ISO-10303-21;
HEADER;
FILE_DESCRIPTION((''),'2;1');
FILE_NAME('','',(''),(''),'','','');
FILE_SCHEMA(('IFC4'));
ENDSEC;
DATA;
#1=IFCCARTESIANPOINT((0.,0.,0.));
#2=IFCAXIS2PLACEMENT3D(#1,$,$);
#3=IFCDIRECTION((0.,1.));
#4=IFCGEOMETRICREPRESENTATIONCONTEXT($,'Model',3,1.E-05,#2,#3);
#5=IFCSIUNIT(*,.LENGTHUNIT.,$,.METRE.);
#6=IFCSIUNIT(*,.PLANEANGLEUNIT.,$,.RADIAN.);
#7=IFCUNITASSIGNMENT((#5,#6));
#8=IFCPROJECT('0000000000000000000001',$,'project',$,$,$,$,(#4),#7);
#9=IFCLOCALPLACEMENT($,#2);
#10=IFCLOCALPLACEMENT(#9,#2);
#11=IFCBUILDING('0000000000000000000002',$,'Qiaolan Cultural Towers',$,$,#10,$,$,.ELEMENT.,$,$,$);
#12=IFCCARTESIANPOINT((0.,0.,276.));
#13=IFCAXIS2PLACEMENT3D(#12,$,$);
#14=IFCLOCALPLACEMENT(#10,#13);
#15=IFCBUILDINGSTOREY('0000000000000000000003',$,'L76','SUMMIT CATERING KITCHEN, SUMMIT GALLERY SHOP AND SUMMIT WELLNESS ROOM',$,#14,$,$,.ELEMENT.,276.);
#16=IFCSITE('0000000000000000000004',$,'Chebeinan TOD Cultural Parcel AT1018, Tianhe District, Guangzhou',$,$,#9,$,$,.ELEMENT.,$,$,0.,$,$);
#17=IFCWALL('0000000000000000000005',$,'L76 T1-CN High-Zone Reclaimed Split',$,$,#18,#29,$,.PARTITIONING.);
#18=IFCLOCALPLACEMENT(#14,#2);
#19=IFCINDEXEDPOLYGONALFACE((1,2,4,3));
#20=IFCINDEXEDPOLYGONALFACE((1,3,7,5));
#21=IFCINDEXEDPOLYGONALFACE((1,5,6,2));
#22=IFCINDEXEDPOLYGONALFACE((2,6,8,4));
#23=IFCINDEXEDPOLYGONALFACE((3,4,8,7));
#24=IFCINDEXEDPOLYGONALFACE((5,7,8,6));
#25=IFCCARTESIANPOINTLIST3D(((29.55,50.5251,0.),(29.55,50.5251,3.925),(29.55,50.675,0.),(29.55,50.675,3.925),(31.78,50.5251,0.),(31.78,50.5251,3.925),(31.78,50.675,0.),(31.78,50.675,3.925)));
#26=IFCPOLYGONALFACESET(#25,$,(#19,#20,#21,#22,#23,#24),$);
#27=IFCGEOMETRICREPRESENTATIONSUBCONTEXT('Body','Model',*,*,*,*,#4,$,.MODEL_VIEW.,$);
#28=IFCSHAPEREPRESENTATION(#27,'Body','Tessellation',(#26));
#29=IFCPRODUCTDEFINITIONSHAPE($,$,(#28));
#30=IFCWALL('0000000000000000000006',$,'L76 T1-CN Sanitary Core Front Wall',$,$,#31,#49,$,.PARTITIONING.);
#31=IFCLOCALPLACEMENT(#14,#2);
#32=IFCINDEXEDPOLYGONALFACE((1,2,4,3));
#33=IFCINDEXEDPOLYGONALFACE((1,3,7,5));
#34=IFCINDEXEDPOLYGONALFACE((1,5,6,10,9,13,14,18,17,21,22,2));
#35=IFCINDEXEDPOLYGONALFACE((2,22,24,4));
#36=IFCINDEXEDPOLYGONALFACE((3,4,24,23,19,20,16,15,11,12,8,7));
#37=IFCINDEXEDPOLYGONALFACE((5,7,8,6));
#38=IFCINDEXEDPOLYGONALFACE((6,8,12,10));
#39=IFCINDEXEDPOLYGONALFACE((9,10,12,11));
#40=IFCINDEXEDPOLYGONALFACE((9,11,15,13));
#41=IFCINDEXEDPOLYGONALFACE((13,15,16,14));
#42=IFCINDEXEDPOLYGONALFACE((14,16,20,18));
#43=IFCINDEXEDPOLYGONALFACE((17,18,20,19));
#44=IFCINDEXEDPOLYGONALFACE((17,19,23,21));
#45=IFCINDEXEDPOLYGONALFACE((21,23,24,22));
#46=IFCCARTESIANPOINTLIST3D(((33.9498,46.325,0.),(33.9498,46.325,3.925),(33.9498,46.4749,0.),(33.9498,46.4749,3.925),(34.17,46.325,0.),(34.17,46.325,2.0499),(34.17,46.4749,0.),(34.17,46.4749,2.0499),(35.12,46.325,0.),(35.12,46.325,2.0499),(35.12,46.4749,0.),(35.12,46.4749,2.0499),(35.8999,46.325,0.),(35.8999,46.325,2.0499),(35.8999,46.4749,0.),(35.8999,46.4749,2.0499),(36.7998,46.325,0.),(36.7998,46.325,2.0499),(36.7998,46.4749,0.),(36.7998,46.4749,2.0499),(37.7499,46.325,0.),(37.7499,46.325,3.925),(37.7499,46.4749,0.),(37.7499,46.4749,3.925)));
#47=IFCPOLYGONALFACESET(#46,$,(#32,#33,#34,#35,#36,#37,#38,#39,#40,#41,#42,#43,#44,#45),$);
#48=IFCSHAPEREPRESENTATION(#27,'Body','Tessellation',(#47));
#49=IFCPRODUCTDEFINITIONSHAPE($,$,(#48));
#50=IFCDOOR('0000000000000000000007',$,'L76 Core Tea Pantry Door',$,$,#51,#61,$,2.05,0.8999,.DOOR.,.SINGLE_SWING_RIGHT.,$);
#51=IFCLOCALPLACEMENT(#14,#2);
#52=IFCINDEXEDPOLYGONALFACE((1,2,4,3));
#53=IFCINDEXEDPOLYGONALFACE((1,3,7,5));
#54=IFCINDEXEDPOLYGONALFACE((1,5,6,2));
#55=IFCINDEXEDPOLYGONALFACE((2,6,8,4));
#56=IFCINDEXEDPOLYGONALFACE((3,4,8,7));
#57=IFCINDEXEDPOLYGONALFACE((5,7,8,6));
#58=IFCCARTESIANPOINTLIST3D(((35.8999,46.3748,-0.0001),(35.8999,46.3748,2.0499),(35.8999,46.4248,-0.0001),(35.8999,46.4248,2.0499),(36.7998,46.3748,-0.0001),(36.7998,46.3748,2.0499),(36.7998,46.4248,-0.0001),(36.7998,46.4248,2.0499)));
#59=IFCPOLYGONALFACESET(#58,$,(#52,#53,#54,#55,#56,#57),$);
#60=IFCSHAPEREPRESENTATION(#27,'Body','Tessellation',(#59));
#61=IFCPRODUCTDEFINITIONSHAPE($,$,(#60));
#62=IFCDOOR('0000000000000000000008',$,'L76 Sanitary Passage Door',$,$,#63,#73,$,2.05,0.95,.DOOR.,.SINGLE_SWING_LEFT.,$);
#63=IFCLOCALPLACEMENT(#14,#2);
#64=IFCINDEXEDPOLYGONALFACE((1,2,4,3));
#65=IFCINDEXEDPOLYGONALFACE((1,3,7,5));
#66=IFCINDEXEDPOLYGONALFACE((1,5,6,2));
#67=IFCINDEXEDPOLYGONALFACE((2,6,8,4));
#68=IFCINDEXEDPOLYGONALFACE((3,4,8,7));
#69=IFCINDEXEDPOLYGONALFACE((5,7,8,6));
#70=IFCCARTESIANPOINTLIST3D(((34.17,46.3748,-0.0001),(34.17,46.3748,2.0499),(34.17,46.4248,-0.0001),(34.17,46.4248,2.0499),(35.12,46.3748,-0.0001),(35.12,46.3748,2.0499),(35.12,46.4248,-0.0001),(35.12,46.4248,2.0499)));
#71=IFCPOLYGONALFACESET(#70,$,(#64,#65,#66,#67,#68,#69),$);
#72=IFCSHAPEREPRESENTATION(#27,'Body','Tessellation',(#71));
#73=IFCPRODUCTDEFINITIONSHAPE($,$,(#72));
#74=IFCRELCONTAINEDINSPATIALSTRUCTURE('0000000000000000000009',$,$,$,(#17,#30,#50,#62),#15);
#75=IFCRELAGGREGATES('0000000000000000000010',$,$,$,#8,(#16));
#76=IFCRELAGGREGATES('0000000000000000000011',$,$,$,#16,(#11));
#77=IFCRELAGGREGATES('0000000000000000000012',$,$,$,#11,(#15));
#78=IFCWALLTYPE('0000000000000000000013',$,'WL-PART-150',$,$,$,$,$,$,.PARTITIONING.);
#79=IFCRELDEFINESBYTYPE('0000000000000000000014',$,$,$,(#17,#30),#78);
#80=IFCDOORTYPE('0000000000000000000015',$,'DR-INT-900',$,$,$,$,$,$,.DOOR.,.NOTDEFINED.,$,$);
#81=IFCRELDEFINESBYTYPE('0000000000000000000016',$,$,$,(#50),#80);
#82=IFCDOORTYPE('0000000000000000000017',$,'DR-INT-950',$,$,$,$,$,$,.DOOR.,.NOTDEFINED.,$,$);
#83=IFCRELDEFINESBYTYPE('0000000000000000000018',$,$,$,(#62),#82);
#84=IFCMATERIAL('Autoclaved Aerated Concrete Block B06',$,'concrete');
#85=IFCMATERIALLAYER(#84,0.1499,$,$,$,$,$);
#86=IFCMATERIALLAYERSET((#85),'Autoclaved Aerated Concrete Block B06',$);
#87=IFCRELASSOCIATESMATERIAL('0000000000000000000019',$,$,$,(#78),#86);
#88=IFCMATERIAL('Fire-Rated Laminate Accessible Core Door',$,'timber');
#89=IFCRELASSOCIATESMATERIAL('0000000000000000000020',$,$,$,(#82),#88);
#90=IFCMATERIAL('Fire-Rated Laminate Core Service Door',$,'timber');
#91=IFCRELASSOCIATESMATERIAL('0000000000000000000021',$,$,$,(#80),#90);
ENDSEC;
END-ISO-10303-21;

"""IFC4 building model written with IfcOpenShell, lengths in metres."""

from ifc_helpers import new_model, si_unit, direction, frame, frame_2d, origin, place, context, subcontext, project, spatial, rectangle, extrude, material, layer, layer_set, type_object, element, fill, save


model = new_model("IFC4")

# Units and contexts
model_context = context("Model", 3, precision=1e-05, world=origin(), true_north=direction((0.0, 1.0)))
body_context = subcontext(model_context, "Body", "Model", "MODEL_VIEW")
ifc_project = project(units=[si_unit("LENGTHUNIT", "METRE"), si_unit("PLANEANGLEUNIT", "RADIAN")], contexts=[model_context])

# Site, building, storey
site_placement = place(None, origin())
site = spatial("IfcSite", under=ifc_project, at=site_placement, Name="Chebeinan TOD Cultural Parcel AT1018, Tianhe District, Guangzhou", CompositionType="ELEMENT", RefElevation=0.0)
building_placement = place(site_placement, origin())
building = spatial("IfcBuilding", under=site, at=building_placement, Name="Qiaolan Cultural Towers", CompositionType="ELEMENT")
storey_placement = place(building_placement, frame((0.0, 0.0, 276.0)))
storey = spatial("IfcBuildingStorey", under=building, at=storey_placement, Name="L76", Description="SUMMIT CATERING KITCHEN, SUMMIT GALLERY SHOP AND SUMMIT WELLNESS ROOM", CompositionType="ELEMENT", Elevation=276.0)

# Shared definitions
ifc_material_1 = material(Name="Autoclaved Aerated Concrete Block B06", Category="concrete")
ifc_layer_1 = layer(ifc_material_1, 0.1499)
ifc_layer_set_1 = layer_set([ifc_layer_1], Name="Autoclaved Aerated Concrete Block B06")
wall_type_1 = type_object("IfcWallType", Name="WL-PART-150", PredefinedType="PARTITIONING", material=ifc_layer_set_1)
ifc_material_2 = material(Name="Fire-Rated Laminate Accessible Core Door", Category="timber")
door_type_1 = type_object("IfcDoorType", Name="DR-INT-950", OperationType="NOTDEFINED", PredefinedType="DOOR", material=ifc_material_2)

# Wall
wall_1_placement = place(storey_placement, frame((29.55, 50.6001, 0.0), z_axis=(0.0, 0.0, 1.0), x_axis=(1.0, 0.0, 0.0)))
element("IfcWall", 1, at=wall_1_placement, inside=storey, type_object=wall_type_1, Name="L76 T1-CN High-Zone Reclaimed Split", PredefinedType="PARTITIONING", context=body_context, shape_type="SweptSolid", body=[
    extrude(rectangle(XDim=2.23, YDim=0.1499, at=frame_2d((1.115, 0.0))), origin(), (0.0, 0.0, 1.0), 3.925),
])

# Wall, openings, doors
wall_2_placement = place(storey_placement, frame((33.95, 46.3999, 0.0), z_axis=(0.0, 0.0, 1.0), x_axis=(1.0, 0.0, 0.0)))
wall_2 = element("IfcWall", 2, at=wall_2_placement, inside=storey, type_object=wall_type_1, Name="L76 T1-CN Sanitary Core Front Wall", PredefinedType="PARTITIONING", context=body_context, shape_type="SweptSolid", body=[
    extrude(rectangle(XDim=3.8, YDim=0.1499, at=frame_2d((1.8999, 0.0))), origin(), (0.0, 0.0, 1.0), 3.925),
])
opening_1_placement = place(wall_2_placement, frame((0.22, 0.0, 0.0)))
opening_1 = element("IfcOpeningElement", 3, at=opening_1_placement, cuts=wall_2, PredefinedType="OPENING", context=body_context, shape_type="SweptSolid", body=[
    extrude(rectangle(XDim=0.95, YDim=2.05, at=frame_2d((0.4751, 1.0249))), frame((0.0, 0.085, 0.0), z_axis=(0.0, -1.0, 0.0), x_axis=(1.0, 0.0, 0.0)), (0.0, 0.0, 1.0), 0.1699),
])
opening_2_placement = place(wall_2_placement, frame((1.95, 0.0, 0.0)))
opening_2 = element("IfcOpeningElement", 4, at=opening_2_placement, cuts=wall_2, PredefinedType="OPENING", context=body_context, shape_type="SweptSolid", body=[
    extrude(rectangle(XDim=0.8999, YDim=2.05, at=frame_2d((0.45, 1.0249))), frame((0.0, 0.085, 0.0), z_axis=(0.0, -1.0, 0.0), x_axis=(1.0, 0.0, 0.0)), (0.0, 0.0, 1.0), 0.1699),
])
ifc_material_3 = material(Name="Fire-Rated Laminate Core Service Door", Category="timber")
door_type_2 = type_object("IfcDoorType", Name="DR-INT-900", OperationType="NOTDEFINED", PredefinedType="DOOR", material=ifc_material_3)
door_1_placement = place(opening_2_placement, origin())
door_1 = element("IfcDoor", 5, at=door_1_placement, inside=storey, type_object=door_type_2, Name="L76 Core Tea Pantry Door", OperationType="SINGLE_SWING_RIGHT", OverallHeight=2.05, OverallWidth=0.8999, PredefinedType="DOOR", context=body_context, shape_type="SweptSolid", body=[
    extrude(rectangle(XDim=0.8999, YDim=2.05, at=frame_2d((0.45, 1.0249))), frame((0.0, 0.0249, 0.0), z_axis=(0.0, -1.0, 0.0), x_axis=(1.0, 0.0, 0.0)), (0.0, 0.0, 1.0), 0.05),
])
fill(opening_2, door_1)
door_2_placement = place(opening_1_placement, origin())
door_2 = element("IfcDoor", 6, at=door_2_placement, inside=storey, type_object=door_type_1, Name="L76 Sanitary Passage Door", OperationType="SINGLE_SWING_LEFT", OverallHeight=2.05, OverallWidth=0.95, PredefinedType="DOOR", context=body_context, shape_type="SweptSolid", body=[
    extrude(rectangle(XDim=0.95, YDim=2.05, at=frame_2d((0.4751, 1.0249))), frame((0.0, 0.0249, 0.0), z_axis=(0.0, -1.0, 0.0), x_axis=(1.0, 0.0, 0.0)), (0.0, 0.0, 1.0), 0.05),
])
fill(opening_1, door_2)

save(model, "model.ifc")
